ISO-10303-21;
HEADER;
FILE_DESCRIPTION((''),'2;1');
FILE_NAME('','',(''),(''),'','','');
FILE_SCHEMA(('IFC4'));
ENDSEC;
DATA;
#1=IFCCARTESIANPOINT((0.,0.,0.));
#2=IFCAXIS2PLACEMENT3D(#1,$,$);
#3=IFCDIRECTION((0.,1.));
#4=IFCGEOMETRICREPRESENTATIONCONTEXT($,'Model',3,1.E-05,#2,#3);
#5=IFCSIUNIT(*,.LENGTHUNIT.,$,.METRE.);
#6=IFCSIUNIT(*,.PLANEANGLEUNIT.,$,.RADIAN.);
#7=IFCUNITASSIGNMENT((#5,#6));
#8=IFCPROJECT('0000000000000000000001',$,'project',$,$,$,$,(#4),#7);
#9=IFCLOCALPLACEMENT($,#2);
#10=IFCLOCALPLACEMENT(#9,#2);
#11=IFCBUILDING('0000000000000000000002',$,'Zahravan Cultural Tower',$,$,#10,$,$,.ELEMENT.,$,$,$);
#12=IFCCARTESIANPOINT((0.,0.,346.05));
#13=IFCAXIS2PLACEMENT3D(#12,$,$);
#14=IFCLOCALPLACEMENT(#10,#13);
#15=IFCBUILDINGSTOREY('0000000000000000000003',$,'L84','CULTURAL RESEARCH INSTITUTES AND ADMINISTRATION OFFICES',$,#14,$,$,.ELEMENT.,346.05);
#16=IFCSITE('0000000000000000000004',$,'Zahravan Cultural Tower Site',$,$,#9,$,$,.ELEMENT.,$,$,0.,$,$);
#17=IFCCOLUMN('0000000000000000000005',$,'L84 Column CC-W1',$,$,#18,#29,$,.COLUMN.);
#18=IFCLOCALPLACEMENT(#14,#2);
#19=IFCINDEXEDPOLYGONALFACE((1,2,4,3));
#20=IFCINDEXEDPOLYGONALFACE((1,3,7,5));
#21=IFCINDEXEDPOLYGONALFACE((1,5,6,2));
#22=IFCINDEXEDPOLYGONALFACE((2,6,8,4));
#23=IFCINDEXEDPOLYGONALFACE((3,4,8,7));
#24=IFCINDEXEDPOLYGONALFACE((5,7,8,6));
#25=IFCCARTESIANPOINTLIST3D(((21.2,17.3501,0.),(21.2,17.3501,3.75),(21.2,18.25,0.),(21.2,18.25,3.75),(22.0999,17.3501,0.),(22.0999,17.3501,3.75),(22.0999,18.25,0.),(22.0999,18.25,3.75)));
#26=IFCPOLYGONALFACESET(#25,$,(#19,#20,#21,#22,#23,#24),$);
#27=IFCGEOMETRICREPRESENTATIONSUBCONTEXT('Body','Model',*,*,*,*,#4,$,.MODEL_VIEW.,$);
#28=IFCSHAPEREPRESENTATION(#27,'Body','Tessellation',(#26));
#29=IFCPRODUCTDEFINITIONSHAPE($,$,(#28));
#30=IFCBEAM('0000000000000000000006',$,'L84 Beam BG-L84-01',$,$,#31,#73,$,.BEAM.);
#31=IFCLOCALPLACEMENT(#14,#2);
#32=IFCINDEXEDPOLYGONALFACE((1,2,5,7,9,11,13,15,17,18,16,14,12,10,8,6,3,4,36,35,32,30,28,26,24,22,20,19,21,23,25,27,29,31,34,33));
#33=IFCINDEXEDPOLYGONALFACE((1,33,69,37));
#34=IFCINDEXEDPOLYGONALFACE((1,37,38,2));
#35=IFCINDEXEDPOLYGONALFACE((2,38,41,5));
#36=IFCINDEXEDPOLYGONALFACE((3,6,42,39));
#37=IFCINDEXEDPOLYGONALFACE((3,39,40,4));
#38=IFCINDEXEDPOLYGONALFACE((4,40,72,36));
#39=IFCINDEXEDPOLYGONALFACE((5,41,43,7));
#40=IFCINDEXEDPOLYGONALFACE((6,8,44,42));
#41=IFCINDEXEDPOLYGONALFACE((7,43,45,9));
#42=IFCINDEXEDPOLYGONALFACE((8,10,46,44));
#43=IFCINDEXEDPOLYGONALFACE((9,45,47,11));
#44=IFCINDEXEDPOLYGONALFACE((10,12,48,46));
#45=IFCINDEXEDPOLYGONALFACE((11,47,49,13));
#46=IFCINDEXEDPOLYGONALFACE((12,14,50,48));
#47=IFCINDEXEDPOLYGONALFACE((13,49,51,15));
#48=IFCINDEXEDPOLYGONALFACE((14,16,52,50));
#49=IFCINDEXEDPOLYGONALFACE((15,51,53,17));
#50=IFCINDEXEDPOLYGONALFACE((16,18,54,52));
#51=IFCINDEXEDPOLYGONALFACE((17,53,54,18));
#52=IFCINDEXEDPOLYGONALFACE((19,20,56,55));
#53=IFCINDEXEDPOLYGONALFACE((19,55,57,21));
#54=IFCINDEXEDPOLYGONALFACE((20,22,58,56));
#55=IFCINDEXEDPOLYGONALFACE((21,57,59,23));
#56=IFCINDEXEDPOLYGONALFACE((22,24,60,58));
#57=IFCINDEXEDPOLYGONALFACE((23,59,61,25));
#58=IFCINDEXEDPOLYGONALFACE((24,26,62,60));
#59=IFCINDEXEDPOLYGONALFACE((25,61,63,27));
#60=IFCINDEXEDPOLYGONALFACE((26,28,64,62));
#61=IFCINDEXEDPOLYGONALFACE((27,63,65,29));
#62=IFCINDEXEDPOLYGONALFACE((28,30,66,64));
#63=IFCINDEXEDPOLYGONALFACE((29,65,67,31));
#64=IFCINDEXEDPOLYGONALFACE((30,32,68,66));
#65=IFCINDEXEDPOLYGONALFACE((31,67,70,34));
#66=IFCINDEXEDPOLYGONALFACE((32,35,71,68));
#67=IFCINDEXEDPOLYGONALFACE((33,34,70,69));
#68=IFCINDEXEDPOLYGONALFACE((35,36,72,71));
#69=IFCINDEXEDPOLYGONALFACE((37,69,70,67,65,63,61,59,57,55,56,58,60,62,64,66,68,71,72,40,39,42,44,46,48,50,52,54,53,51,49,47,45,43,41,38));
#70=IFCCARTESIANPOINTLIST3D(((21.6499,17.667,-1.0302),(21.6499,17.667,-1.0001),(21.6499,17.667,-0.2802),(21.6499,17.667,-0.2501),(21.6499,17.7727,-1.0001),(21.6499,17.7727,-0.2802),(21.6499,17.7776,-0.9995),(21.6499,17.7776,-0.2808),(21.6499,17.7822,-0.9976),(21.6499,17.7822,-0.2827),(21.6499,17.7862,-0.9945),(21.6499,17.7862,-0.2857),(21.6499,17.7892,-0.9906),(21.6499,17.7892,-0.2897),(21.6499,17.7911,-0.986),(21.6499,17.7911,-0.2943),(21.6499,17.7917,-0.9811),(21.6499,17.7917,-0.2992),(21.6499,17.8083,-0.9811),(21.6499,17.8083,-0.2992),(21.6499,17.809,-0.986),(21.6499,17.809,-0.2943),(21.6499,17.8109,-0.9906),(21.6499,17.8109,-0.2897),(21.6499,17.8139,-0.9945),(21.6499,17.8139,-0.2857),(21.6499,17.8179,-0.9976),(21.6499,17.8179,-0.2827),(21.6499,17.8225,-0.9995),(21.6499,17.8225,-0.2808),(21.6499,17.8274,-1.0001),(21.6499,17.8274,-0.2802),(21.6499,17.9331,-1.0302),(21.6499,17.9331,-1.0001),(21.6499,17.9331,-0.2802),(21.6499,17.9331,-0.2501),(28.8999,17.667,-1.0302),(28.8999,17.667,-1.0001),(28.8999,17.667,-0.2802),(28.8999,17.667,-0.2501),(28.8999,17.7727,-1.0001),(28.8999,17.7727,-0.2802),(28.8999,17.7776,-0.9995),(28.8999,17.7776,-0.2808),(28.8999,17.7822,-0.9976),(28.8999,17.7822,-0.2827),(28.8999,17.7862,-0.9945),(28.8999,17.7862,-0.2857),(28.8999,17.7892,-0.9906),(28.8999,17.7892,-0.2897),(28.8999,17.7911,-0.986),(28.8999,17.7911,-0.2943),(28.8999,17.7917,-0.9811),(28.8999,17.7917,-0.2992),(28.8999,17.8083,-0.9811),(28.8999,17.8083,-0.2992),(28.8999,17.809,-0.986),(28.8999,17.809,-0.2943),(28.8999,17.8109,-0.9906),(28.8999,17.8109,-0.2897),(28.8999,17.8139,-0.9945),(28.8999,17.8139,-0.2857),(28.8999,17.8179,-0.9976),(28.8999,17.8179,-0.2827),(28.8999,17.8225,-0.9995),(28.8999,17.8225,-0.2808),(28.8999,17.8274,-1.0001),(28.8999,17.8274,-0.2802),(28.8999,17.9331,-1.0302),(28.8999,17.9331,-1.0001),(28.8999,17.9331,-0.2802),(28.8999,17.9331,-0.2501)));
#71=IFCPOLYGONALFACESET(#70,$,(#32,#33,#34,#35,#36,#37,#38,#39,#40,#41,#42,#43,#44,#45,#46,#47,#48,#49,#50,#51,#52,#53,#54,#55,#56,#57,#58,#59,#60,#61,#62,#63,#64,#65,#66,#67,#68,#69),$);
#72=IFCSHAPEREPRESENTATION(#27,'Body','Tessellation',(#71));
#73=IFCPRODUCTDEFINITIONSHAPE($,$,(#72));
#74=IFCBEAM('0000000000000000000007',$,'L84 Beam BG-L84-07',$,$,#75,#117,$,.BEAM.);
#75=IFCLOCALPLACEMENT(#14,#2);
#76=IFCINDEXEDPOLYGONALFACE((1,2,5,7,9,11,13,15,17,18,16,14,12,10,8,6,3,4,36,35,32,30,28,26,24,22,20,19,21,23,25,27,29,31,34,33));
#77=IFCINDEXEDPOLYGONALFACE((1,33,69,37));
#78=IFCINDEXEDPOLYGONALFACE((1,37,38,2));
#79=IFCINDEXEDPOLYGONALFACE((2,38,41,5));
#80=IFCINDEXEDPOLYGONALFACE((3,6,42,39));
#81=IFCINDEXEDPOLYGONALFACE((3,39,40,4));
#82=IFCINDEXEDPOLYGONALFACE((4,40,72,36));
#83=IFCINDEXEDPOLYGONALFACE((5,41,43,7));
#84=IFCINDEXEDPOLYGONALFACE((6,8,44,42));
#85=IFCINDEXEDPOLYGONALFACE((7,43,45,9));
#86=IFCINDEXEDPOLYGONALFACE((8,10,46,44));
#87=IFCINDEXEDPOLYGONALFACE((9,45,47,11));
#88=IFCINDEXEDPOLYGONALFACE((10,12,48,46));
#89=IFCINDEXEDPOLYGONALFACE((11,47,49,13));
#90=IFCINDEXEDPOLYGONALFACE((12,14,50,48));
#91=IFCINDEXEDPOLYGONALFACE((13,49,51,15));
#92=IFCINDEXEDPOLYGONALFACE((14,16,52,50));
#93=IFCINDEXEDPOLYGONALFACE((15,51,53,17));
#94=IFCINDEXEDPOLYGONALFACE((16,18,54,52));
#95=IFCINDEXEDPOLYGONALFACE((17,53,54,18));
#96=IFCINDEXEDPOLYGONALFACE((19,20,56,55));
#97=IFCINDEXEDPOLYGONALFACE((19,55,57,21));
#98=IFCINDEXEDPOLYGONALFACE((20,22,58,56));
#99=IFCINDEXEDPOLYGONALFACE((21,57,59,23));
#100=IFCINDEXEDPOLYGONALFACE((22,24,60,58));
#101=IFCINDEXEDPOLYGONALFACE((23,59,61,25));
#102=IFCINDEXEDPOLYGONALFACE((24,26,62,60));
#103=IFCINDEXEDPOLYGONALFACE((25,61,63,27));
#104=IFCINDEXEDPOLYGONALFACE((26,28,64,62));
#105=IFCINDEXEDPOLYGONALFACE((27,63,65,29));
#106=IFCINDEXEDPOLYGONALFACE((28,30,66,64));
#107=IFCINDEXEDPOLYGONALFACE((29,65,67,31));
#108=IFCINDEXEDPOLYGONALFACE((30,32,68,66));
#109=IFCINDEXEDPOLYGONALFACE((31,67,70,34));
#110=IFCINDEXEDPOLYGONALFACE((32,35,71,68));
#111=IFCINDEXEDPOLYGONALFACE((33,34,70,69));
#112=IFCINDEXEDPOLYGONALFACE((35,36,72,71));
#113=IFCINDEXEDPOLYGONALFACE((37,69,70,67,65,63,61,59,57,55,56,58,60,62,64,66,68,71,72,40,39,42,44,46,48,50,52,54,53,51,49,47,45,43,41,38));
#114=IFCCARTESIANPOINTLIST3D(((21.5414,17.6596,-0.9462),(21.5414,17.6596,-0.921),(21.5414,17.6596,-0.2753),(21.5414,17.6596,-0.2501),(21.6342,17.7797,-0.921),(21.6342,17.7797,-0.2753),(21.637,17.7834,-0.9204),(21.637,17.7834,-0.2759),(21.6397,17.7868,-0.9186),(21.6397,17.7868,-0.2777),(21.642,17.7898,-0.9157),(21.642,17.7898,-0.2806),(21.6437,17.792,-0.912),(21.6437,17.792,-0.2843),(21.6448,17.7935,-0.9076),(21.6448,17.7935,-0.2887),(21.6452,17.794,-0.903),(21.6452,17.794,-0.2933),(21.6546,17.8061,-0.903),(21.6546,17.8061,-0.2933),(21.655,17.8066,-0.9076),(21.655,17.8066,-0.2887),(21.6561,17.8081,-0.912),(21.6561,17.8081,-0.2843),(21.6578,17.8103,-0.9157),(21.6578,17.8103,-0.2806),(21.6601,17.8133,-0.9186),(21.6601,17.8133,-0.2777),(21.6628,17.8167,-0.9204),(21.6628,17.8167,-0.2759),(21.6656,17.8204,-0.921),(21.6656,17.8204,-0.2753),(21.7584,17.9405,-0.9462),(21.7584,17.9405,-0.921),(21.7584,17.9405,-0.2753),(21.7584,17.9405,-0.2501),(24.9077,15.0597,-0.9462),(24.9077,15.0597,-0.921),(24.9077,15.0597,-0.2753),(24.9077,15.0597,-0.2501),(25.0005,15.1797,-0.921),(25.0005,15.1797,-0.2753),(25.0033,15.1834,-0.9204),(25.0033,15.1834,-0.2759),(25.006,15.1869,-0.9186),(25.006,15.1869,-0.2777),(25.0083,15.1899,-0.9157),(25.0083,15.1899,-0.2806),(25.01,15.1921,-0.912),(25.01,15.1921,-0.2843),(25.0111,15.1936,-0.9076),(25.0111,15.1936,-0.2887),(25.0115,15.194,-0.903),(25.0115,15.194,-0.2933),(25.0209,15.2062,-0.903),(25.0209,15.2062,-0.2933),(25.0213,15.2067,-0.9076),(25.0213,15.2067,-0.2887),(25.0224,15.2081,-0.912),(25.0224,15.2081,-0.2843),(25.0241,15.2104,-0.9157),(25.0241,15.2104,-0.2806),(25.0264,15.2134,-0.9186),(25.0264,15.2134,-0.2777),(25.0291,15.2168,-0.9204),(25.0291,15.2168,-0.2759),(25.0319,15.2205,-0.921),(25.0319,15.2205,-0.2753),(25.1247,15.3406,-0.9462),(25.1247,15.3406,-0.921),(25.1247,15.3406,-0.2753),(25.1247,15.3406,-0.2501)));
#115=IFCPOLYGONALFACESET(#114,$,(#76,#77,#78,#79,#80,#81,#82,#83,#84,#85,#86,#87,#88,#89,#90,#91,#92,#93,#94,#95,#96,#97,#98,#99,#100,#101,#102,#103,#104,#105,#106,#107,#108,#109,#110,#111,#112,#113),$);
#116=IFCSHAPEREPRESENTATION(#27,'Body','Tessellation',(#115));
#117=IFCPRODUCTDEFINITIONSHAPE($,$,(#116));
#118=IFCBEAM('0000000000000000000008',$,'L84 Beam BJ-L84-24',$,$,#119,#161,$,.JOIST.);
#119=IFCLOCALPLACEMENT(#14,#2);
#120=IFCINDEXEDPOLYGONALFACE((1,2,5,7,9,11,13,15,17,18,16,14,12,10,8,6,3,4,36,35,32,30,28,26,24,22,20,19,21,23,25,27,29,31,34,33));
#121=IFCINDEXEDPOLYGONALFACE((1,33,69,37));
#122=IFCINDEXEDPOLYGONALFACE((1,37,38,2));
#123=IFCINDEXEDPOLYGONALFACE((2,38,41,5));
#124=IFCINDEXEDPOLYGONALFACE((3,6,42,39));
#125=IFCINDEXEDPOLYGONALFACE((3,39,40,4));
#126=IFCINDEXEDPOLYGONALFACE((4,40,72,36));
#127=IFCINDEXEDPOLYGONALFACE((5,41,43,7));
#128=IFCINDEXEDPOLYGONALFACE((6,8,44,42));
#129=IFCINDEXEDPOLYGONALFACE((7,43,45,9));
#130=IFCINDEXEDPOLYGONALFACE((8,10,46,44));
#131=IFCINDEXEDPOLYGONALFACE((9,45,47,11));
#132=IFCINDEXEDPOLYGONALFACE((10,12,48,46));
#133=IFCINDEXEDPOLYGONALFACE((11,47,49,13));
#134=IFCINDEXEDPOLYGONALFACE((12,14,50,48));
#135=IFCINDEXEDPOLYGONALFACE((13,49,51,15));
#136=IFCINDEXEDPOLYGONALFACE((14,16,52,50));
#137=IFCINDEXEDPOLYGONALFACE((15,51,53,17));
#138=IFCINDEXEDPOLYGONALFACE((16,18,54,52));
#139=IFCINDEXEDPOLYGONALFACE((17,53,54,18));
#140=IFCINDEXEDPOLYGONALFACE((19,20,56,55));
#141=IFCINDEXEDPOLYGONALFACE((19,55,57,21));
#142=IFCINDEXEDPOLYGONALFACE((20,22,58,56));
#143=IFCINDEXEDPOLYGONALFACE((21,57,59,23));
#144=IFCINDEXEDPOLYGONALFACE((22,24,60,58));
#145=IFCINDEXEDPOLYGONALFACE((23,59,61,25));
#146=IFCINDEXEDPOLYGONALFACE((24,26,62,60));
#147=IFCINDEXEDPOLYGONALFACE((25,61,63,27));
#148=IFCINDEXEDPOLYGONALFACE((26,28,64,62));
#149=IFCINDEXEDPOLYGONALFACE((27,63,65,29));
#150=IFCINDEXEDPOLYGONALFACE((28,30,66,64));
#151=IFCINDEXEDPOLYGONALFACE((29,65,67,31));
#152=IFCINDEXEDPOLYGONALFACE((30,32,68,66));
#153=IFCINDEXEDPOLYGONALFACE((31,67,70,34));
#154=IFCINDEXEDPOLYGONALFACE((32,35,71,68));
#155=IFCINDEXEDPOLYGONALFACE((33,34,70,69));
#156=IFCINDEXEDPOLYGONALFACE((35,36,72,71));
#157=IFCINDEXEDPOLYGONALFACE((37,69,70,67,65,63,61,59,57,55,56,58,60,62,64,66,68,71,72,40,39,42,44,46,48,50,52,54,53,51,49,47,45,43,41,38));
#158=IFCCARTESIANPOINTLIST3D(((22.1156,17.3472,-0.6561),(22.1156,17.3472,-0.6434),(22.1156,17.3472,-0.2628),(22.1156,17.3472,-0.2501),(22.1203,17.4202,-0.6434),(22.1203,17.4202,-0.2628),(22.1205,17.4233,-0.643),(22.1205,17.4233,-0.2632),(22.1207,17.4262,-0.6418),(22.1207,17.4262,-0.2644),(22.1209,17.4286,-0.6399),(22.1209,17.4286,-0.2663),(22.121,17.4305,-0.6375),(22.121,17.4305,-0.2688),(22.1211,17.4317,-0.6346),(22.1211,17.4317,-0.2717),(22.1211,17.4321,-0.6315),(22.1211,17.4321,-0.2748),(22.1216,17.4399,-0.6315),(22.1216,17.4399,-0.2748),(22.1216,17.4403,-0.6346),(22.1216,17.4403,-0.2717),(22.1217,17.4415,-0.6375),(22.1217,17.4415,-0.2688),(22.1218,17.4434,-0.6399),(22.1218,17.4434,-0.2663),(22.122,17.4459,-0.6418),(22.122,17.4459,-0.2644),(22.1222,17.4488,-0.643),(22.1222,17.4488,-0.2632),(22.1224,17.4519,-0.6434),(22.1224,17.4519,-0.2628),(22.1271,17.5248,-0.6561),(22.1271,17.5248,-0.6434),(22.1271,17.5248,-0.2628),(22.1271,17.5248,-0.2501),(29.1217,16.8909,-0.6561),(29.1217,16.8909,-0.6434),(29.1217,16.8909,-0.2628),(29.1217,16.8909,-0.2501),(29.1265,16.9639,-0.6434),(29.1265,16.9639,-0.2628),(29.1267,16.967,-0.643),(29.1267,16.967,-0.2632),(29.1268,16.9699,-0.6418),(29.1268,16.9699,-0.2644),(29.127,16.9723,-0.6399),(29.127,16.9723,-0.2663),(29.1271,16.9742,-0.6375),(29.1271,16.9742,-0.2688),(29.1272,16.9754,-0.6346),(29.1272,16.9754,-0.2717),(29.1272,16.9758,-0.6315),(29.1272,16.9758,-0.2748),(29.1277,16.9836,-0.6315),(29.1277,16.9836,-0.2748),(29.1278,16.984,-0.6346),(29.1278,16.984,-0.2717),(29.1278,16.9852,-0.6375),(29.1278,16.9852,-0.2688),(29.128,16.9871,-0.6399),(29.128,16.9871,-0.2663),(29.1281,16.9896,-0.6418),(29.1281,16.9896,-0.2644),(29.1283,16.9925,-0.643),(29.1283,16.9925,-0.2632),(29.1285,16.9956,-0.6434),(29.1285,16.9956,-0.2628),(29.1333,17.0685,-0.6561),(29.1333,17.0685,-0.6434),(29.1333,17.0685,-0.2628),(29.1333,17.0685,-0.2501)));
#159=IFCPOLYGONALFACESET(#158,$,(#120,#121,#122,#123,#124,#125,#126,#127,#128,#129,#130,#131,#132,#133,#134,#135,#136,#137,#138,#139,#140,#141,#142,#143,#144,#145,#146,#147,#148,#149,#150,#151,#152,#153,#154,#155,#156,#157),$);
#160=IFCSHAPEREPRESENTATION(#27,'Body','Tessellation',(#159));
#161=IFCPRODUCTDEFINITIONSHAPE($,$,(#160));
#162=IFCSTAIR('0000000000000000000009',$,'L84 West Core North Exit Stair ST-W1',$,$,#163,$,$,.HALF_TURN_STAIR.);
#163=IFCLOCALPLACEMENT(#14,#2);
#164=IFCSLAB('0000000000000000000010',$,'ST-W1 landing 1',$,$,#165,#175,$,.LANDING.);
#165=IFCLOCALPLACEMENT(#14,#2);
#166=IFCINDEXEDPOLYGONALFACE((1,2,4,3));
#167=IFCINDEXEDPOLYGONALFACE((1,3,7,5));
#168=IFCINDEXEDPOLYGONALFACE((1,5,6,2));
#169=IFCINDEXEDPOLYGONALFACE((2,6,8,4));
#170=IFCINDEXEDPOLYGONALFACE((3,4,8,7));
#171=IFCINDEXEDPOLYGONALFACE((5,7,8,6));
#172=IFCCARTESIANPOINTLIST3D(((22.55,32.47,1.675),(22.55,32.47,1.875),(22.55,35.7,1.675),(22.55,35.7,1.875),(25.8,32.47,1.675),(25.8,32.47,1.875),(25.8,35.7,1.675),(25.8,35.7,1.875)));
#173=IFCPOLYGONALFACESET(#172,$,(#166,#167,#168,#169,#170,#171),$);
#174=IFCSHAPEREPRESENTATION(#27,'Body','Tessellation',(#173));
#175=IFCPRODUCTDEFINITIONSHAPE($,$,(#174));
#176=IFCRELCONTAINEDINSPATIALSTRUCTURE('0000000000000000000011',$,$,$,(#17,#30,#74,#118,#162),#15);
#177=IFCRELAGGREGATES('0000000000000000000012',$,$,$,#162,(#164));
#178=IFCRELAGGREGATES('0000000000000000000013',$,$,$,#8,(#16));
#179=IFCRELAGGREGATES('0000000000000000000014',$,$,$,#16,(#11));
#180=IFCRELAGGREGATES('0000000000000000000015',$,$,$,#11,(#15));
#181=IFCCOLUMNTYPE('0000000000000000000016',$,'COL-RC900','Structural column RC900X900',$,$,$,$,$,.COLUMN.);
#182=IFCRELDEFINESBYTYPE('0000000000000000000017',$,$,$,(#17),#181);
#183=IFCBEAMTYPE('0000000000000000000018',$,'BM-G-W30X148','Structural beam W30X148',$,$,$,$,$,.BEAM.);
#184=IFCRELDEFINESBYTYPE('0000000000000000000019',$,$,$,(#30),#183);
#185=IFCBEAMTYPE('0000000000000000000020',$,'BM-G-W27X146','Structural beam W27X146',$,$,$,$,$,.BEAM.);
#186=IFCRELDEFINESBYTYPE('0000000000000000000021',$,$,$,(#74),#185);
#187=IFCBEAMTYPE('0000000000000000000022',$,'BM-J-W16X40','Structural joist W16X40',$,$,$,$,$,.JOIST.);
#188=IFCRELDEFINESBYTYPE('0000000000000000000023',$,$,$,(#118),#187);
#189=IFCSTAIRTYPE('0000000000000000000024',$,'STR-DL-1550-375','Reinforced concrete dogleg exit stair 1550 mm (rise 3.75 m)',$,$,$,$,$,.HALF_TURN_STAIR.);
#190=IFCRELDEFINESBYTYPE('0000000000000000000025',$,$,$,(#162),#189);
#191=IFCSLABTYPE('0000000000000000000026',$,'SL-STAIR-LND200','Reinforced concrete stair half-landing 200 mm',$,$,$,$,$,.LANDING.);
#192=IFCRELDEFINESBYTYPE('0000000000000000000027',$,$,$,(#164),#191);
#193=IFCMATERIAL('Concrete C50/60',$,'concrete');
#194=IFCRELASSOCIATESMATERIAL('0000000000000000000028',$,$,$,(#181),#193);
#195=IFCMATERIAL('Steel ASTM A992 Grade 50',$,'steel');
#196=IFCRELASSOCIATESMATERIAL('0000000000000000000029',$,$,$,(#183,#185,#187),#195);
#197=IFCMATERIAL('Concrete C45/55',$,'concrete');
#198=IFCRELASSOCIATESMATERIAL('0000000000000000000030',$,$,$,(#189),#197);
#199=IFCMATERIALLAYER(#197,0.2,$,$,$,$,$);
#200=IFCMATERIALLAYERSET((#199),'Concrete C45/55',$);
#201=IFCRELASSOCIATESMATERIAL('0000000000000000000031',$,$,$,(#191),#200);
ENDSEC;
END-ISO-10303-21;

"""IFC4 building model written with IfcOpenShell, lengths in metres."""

from ifc_helpers import new_model, si_unit, direction, frame, origin, origin_2d, place, context, subcontext, project, spatial, polyline, rectangle, i_section, outline, extrude, source, transform, mapped, material, layer, layer_set, material_profile, profile_set, type_object, element, aggregate, save


model = new_model("IFC4")

# Units and contexts
model_context = context("Model", 3, precision=1e-05, world=origin(), true_north=direction((0.0, 1.0)))
body_context = subcontext(model_context, "Body", "Model", "MODEL_VIEW")
ifc_project = project(units=[si_unit("LENGTHUNIT", "METRE"), si_unit("PLANEANGLEUNIT", "RADIAN")], contexts=[model_context])

# Site, building, storey
site_placement = place(None, origin())
site = spatial("IfcSite", under=ifc_project, at=site_placement, Name="Zahravan Cultural Tower Site", CompositionType="ELEMENT", RefElevation=0.0)
building_placement = place(site_placement, origin())
building = spatial("IfcBuilding", under=site, at=building_placement, Name="Zahravan Cultural Tower", CompositionType="ELEMENT")
storey_placement = place(building_placement, frame((0.0, 0.0, 346.05)))
storey = spatial("IfcBuildingStorey", under=building, at=storey_placement, Name="L84", Description="CULTURAL RESEARCH INSTITUTES AND ADMINISTRATION OFFICES", CompositionType="ELEMENT", Elevation=346.05)

# Column
ifc_material_1 = material(Name="Concrete C50/60", Category="concrete")
ifc_material_profile_1 = material_profile(ifc_material_1, rectangle(XDim=0.8999, YDim=0.8999, at=origin_2d()), Name="RC900X900")
ifc_profile_set_1 = profile_set([ifc_material_profile_1], Name="Concrete C50/60")
column_type = type_object("IfcColumnType", Name="COL-RC900", Description="Structural column RC900X900", PredefinedType="COLUMN", material=ifc_profile_set_1)
shared_shape_1 = source(origin(), body_context, "Body", "SweptSolid", [
    extrude(rectangle(XDim=0.8999, YDim=0.8999, at=origin_2d()), origin(), (0.0, 0.0, 1.0), 3.75),
])
column_placement = place(storey_placement, frame((21.6499, 17.8, 0.0), z_axis=(0.0, 0.0, 1.0), x_axis=(1.0, 0.0, 0.0)))
element("IfcColumn", 1, at=column_placement, inside=storey, type_object=column_type, Name="L84 Column CC-W1", PredefinedType="COLUMN", context=body_context, shape_type="MappedRepresentation", body=[
    mapped(shared_shape_1, transform((0.0, 0.0, 0.0), x_axis=(1.0, 0.0, 0.0), y_axis=(0.0, 1.0, 0.0), z_axis=(0.0, 0.0, 1.0), scale=1.0)),
])

# Beams
ifc_material_2 = material(Name="Steel ASTM A992 Grade 50", Category="steel")
ifc_material_profile_2 = material_profile(ifc_material_2, i_section(OverallWidth=0.2661, OverallDepth=0.78, WebThickness=0.0166, FlangeThickness=0.03, FilletRadius=0.019, at=origin_2d()), Name="W30X148")
ifc_profile_set_2 = profile_set([ifc_material_profile_2], Name="Steel ASTM A992 Grade 50")
beam_type_1 = type_object("IfcBeamType", Name="BM-G-W30X148", Description="Structural beam W30X148", PredefinedType="BEAM", material=ifc_profile_set_2)
shared_shape_2 = source(origin(), body_context, "Body", "SweptSolid", [
    extrude(i_section(OverallWidth=0.2661, OverallDepth=0.78, WebThickness=0.0166, FlangeThickness=0.03, FilletRadius=0.019, at=origin_2d()), origin(), (0.0, 0.0, 1.0), 7.25),
])
beam_1_placement = place(storey_placement, frame((21.6499, 17.8, -0.6401), z_axis=(1.0, 0.0, 0.0), x_axis=(0.0, 1.0, 0.0)))
element("IfcBeam", 2, at=beam_1_placement, inside=storey, type_object=beam_type_1, Name="L84 Beam BG-L84-01", PredefinedType="BEAM", context=body_context, shape_type="MappedRepresentation", body=[
    mapped(shared_shape_2, transform((0.0, 0.0, 0.0), x_axis=(1.0, 0.0, 0.0), y_axis=(0.0, 1.0, 0.0), z_axis=(0.0, 0.0, 1.0), scale=1.0)),
])
ifc_material_profile_3 = material_profile(ifc_material_2, i_section(OverallWidth=0.355, OverallDepth=0.696, WebThickness=0.0154, FlangeThickness=0.0251, FilletRadius=0.0181, at=origin_2d()), Name="W27X146")
ifc_profile_set_3 = profile_set([ifc_material_profile_3], Name="Steel ASTM A992 Grade 50")
beam_type_2 = type_object("IfcBeamType", Name="BM-G-W27X146", Description="Structural beam W27X146", PredefinedType="BEAM", material=ifc_profile_set_3)
shared_shape_3 = source(origin(), body_context, "Body", "SweptSolid", [
    extrude(i_section(OverallWidth=0.355, OverallDepth=0.696, WebThickness=0.0154, FlangeThickness=0.0251, FilletRadius=0.0181, at=origin_2d()), origin(), (0.0, 0.0, 1.0), 4.2534),
])
beam_2_placement = place(storey_placement, frame((21.6499, 17.8, -0.5981), z_axis=(0.791434, -0.611255, 0.0), x_axis=(0.611255, 0.791434, 0.0)))
element("IfcBeam", 3, at=beam_2_placement, inside=storey, type_object=beam_type_2, Name="L84 Beam BG-L84-07", PredefinedType="BEAM", context=body_context, shape_type="MappedRepresentation", body=[
    mapped(shared_shape_3, transform((0.0, 0.0, 0.0), x_axis=(1.0, 0.0, 0.0), y_axis=(0.0, 1.0, 0.0), z_axis=(0.0, 0.0, 1.0), scale=1.0)),
])
ifc_material_profile_4 = material_profile(ifc_material_2, i_section(OverallWidth=0.178, OverallDepth=0.406, WebThickness=0.0078, FlangeThickness=0.0127, FilletRadius=0.012, at=origin_2d()), Name="W16X40")
ifc_profile_set_4 = profile_set([ifc_material_profile_4], Name="Steel ASTM A992 Grade 50")
beam_type_3 = type_object("IfcBeamType", Name="BM-J-W16X40", Description="Structural joist W16X40", PredefinedType="JOIST", material=ifc_profile_set_4)
shared_shape_4 = source(origin(), body_context, "Body", "SweptSolid", [
    extrude(i_section(OverallWidth=0.178, OverallDepth=0.406, WebThickness=0.0078, FlangeThickness=0.0127, FilletRadius=0.012, at=origin_2d()), origin(), (0.0, 0.0, 1.0), 7.021),
])
beam_3_placement = place(storey_placement, frame((22.1213, 17.436, -0.4531), z_axis=(0.997886, -0.064991, 0.0), x_axis=(0.064991, 0.997886, 0.0)))
element("IfcBeam", 4, at=beam_3_placement, inside=storey, type_object=beam_type_3, Name="L84 Beam BJ-L84-24", PredefinedType="JOIST", context=body_context, shape_type="MappedRepresentation", body=[
    mapped(shared_shape_4, transform((0.0, 0.0, 0.0), x_axis=(1.0, 0.0, 0.0), y_axis=(0.0, 1.0, 0.0), z_axis=(0.0, 0.0, 1.0), scale=1.0)),
])

# Stair, slab
ifc_material_3 = material(Name="Concrete C45/55", Category="concrete")
stair_type = type_object("IfcStairType", Name="STR-DL-1550-375", Description="Reinforced concrete dogleg exit stair 1550 mm (rise 3.75 m)", PredefinedType="HALF_TURN_STAIR", material=ifc_material_3)
stair_1_placement = place(storey_placement, origin())
stair_1 = element("IfcStair", 5, at=stair_1_placement, inside=storey, type_object=stair_type, Name="L84 West Core North Exit Stair ST-W1", PredefinedType="HALF_TURN_STAIR")
ifc_layer_1 = layer(ifc_material_3, 0.2)
ifc_layer_set_1 = layer_set([ifc_layer_1], Name="Concrete C45/55")
slab_type_1 = type_object("IfcSlabType", Name="SL-STAIR-LND200", Description="Reinforced concrete stair half-landing 200 mm", PredefinedType="LANDING", material=ifc_layer_set_1)
slab_1_placement = place(storey_placement, frame((0.0, 0.0, 1.675)))
slab_1 = element("IfcSlab", 6, at=slab_1_placement, type_object=slab_type_1, Name="ST-W1 landing 1", PredefinedType="LANDING", context=body_context, shape_type="SweptSolid", body=[
    extrude(outline(polyline([(25.8, 32.47), (25.8, 35.7), (22.55, 35.7), (22.55, 32.47), (25.8, 32.47)])), origin(), (0.0, 0.0, 1.0), 0.2),
])
aggregate(stair_1, [slab_1])

save(model, "model.ifc")
